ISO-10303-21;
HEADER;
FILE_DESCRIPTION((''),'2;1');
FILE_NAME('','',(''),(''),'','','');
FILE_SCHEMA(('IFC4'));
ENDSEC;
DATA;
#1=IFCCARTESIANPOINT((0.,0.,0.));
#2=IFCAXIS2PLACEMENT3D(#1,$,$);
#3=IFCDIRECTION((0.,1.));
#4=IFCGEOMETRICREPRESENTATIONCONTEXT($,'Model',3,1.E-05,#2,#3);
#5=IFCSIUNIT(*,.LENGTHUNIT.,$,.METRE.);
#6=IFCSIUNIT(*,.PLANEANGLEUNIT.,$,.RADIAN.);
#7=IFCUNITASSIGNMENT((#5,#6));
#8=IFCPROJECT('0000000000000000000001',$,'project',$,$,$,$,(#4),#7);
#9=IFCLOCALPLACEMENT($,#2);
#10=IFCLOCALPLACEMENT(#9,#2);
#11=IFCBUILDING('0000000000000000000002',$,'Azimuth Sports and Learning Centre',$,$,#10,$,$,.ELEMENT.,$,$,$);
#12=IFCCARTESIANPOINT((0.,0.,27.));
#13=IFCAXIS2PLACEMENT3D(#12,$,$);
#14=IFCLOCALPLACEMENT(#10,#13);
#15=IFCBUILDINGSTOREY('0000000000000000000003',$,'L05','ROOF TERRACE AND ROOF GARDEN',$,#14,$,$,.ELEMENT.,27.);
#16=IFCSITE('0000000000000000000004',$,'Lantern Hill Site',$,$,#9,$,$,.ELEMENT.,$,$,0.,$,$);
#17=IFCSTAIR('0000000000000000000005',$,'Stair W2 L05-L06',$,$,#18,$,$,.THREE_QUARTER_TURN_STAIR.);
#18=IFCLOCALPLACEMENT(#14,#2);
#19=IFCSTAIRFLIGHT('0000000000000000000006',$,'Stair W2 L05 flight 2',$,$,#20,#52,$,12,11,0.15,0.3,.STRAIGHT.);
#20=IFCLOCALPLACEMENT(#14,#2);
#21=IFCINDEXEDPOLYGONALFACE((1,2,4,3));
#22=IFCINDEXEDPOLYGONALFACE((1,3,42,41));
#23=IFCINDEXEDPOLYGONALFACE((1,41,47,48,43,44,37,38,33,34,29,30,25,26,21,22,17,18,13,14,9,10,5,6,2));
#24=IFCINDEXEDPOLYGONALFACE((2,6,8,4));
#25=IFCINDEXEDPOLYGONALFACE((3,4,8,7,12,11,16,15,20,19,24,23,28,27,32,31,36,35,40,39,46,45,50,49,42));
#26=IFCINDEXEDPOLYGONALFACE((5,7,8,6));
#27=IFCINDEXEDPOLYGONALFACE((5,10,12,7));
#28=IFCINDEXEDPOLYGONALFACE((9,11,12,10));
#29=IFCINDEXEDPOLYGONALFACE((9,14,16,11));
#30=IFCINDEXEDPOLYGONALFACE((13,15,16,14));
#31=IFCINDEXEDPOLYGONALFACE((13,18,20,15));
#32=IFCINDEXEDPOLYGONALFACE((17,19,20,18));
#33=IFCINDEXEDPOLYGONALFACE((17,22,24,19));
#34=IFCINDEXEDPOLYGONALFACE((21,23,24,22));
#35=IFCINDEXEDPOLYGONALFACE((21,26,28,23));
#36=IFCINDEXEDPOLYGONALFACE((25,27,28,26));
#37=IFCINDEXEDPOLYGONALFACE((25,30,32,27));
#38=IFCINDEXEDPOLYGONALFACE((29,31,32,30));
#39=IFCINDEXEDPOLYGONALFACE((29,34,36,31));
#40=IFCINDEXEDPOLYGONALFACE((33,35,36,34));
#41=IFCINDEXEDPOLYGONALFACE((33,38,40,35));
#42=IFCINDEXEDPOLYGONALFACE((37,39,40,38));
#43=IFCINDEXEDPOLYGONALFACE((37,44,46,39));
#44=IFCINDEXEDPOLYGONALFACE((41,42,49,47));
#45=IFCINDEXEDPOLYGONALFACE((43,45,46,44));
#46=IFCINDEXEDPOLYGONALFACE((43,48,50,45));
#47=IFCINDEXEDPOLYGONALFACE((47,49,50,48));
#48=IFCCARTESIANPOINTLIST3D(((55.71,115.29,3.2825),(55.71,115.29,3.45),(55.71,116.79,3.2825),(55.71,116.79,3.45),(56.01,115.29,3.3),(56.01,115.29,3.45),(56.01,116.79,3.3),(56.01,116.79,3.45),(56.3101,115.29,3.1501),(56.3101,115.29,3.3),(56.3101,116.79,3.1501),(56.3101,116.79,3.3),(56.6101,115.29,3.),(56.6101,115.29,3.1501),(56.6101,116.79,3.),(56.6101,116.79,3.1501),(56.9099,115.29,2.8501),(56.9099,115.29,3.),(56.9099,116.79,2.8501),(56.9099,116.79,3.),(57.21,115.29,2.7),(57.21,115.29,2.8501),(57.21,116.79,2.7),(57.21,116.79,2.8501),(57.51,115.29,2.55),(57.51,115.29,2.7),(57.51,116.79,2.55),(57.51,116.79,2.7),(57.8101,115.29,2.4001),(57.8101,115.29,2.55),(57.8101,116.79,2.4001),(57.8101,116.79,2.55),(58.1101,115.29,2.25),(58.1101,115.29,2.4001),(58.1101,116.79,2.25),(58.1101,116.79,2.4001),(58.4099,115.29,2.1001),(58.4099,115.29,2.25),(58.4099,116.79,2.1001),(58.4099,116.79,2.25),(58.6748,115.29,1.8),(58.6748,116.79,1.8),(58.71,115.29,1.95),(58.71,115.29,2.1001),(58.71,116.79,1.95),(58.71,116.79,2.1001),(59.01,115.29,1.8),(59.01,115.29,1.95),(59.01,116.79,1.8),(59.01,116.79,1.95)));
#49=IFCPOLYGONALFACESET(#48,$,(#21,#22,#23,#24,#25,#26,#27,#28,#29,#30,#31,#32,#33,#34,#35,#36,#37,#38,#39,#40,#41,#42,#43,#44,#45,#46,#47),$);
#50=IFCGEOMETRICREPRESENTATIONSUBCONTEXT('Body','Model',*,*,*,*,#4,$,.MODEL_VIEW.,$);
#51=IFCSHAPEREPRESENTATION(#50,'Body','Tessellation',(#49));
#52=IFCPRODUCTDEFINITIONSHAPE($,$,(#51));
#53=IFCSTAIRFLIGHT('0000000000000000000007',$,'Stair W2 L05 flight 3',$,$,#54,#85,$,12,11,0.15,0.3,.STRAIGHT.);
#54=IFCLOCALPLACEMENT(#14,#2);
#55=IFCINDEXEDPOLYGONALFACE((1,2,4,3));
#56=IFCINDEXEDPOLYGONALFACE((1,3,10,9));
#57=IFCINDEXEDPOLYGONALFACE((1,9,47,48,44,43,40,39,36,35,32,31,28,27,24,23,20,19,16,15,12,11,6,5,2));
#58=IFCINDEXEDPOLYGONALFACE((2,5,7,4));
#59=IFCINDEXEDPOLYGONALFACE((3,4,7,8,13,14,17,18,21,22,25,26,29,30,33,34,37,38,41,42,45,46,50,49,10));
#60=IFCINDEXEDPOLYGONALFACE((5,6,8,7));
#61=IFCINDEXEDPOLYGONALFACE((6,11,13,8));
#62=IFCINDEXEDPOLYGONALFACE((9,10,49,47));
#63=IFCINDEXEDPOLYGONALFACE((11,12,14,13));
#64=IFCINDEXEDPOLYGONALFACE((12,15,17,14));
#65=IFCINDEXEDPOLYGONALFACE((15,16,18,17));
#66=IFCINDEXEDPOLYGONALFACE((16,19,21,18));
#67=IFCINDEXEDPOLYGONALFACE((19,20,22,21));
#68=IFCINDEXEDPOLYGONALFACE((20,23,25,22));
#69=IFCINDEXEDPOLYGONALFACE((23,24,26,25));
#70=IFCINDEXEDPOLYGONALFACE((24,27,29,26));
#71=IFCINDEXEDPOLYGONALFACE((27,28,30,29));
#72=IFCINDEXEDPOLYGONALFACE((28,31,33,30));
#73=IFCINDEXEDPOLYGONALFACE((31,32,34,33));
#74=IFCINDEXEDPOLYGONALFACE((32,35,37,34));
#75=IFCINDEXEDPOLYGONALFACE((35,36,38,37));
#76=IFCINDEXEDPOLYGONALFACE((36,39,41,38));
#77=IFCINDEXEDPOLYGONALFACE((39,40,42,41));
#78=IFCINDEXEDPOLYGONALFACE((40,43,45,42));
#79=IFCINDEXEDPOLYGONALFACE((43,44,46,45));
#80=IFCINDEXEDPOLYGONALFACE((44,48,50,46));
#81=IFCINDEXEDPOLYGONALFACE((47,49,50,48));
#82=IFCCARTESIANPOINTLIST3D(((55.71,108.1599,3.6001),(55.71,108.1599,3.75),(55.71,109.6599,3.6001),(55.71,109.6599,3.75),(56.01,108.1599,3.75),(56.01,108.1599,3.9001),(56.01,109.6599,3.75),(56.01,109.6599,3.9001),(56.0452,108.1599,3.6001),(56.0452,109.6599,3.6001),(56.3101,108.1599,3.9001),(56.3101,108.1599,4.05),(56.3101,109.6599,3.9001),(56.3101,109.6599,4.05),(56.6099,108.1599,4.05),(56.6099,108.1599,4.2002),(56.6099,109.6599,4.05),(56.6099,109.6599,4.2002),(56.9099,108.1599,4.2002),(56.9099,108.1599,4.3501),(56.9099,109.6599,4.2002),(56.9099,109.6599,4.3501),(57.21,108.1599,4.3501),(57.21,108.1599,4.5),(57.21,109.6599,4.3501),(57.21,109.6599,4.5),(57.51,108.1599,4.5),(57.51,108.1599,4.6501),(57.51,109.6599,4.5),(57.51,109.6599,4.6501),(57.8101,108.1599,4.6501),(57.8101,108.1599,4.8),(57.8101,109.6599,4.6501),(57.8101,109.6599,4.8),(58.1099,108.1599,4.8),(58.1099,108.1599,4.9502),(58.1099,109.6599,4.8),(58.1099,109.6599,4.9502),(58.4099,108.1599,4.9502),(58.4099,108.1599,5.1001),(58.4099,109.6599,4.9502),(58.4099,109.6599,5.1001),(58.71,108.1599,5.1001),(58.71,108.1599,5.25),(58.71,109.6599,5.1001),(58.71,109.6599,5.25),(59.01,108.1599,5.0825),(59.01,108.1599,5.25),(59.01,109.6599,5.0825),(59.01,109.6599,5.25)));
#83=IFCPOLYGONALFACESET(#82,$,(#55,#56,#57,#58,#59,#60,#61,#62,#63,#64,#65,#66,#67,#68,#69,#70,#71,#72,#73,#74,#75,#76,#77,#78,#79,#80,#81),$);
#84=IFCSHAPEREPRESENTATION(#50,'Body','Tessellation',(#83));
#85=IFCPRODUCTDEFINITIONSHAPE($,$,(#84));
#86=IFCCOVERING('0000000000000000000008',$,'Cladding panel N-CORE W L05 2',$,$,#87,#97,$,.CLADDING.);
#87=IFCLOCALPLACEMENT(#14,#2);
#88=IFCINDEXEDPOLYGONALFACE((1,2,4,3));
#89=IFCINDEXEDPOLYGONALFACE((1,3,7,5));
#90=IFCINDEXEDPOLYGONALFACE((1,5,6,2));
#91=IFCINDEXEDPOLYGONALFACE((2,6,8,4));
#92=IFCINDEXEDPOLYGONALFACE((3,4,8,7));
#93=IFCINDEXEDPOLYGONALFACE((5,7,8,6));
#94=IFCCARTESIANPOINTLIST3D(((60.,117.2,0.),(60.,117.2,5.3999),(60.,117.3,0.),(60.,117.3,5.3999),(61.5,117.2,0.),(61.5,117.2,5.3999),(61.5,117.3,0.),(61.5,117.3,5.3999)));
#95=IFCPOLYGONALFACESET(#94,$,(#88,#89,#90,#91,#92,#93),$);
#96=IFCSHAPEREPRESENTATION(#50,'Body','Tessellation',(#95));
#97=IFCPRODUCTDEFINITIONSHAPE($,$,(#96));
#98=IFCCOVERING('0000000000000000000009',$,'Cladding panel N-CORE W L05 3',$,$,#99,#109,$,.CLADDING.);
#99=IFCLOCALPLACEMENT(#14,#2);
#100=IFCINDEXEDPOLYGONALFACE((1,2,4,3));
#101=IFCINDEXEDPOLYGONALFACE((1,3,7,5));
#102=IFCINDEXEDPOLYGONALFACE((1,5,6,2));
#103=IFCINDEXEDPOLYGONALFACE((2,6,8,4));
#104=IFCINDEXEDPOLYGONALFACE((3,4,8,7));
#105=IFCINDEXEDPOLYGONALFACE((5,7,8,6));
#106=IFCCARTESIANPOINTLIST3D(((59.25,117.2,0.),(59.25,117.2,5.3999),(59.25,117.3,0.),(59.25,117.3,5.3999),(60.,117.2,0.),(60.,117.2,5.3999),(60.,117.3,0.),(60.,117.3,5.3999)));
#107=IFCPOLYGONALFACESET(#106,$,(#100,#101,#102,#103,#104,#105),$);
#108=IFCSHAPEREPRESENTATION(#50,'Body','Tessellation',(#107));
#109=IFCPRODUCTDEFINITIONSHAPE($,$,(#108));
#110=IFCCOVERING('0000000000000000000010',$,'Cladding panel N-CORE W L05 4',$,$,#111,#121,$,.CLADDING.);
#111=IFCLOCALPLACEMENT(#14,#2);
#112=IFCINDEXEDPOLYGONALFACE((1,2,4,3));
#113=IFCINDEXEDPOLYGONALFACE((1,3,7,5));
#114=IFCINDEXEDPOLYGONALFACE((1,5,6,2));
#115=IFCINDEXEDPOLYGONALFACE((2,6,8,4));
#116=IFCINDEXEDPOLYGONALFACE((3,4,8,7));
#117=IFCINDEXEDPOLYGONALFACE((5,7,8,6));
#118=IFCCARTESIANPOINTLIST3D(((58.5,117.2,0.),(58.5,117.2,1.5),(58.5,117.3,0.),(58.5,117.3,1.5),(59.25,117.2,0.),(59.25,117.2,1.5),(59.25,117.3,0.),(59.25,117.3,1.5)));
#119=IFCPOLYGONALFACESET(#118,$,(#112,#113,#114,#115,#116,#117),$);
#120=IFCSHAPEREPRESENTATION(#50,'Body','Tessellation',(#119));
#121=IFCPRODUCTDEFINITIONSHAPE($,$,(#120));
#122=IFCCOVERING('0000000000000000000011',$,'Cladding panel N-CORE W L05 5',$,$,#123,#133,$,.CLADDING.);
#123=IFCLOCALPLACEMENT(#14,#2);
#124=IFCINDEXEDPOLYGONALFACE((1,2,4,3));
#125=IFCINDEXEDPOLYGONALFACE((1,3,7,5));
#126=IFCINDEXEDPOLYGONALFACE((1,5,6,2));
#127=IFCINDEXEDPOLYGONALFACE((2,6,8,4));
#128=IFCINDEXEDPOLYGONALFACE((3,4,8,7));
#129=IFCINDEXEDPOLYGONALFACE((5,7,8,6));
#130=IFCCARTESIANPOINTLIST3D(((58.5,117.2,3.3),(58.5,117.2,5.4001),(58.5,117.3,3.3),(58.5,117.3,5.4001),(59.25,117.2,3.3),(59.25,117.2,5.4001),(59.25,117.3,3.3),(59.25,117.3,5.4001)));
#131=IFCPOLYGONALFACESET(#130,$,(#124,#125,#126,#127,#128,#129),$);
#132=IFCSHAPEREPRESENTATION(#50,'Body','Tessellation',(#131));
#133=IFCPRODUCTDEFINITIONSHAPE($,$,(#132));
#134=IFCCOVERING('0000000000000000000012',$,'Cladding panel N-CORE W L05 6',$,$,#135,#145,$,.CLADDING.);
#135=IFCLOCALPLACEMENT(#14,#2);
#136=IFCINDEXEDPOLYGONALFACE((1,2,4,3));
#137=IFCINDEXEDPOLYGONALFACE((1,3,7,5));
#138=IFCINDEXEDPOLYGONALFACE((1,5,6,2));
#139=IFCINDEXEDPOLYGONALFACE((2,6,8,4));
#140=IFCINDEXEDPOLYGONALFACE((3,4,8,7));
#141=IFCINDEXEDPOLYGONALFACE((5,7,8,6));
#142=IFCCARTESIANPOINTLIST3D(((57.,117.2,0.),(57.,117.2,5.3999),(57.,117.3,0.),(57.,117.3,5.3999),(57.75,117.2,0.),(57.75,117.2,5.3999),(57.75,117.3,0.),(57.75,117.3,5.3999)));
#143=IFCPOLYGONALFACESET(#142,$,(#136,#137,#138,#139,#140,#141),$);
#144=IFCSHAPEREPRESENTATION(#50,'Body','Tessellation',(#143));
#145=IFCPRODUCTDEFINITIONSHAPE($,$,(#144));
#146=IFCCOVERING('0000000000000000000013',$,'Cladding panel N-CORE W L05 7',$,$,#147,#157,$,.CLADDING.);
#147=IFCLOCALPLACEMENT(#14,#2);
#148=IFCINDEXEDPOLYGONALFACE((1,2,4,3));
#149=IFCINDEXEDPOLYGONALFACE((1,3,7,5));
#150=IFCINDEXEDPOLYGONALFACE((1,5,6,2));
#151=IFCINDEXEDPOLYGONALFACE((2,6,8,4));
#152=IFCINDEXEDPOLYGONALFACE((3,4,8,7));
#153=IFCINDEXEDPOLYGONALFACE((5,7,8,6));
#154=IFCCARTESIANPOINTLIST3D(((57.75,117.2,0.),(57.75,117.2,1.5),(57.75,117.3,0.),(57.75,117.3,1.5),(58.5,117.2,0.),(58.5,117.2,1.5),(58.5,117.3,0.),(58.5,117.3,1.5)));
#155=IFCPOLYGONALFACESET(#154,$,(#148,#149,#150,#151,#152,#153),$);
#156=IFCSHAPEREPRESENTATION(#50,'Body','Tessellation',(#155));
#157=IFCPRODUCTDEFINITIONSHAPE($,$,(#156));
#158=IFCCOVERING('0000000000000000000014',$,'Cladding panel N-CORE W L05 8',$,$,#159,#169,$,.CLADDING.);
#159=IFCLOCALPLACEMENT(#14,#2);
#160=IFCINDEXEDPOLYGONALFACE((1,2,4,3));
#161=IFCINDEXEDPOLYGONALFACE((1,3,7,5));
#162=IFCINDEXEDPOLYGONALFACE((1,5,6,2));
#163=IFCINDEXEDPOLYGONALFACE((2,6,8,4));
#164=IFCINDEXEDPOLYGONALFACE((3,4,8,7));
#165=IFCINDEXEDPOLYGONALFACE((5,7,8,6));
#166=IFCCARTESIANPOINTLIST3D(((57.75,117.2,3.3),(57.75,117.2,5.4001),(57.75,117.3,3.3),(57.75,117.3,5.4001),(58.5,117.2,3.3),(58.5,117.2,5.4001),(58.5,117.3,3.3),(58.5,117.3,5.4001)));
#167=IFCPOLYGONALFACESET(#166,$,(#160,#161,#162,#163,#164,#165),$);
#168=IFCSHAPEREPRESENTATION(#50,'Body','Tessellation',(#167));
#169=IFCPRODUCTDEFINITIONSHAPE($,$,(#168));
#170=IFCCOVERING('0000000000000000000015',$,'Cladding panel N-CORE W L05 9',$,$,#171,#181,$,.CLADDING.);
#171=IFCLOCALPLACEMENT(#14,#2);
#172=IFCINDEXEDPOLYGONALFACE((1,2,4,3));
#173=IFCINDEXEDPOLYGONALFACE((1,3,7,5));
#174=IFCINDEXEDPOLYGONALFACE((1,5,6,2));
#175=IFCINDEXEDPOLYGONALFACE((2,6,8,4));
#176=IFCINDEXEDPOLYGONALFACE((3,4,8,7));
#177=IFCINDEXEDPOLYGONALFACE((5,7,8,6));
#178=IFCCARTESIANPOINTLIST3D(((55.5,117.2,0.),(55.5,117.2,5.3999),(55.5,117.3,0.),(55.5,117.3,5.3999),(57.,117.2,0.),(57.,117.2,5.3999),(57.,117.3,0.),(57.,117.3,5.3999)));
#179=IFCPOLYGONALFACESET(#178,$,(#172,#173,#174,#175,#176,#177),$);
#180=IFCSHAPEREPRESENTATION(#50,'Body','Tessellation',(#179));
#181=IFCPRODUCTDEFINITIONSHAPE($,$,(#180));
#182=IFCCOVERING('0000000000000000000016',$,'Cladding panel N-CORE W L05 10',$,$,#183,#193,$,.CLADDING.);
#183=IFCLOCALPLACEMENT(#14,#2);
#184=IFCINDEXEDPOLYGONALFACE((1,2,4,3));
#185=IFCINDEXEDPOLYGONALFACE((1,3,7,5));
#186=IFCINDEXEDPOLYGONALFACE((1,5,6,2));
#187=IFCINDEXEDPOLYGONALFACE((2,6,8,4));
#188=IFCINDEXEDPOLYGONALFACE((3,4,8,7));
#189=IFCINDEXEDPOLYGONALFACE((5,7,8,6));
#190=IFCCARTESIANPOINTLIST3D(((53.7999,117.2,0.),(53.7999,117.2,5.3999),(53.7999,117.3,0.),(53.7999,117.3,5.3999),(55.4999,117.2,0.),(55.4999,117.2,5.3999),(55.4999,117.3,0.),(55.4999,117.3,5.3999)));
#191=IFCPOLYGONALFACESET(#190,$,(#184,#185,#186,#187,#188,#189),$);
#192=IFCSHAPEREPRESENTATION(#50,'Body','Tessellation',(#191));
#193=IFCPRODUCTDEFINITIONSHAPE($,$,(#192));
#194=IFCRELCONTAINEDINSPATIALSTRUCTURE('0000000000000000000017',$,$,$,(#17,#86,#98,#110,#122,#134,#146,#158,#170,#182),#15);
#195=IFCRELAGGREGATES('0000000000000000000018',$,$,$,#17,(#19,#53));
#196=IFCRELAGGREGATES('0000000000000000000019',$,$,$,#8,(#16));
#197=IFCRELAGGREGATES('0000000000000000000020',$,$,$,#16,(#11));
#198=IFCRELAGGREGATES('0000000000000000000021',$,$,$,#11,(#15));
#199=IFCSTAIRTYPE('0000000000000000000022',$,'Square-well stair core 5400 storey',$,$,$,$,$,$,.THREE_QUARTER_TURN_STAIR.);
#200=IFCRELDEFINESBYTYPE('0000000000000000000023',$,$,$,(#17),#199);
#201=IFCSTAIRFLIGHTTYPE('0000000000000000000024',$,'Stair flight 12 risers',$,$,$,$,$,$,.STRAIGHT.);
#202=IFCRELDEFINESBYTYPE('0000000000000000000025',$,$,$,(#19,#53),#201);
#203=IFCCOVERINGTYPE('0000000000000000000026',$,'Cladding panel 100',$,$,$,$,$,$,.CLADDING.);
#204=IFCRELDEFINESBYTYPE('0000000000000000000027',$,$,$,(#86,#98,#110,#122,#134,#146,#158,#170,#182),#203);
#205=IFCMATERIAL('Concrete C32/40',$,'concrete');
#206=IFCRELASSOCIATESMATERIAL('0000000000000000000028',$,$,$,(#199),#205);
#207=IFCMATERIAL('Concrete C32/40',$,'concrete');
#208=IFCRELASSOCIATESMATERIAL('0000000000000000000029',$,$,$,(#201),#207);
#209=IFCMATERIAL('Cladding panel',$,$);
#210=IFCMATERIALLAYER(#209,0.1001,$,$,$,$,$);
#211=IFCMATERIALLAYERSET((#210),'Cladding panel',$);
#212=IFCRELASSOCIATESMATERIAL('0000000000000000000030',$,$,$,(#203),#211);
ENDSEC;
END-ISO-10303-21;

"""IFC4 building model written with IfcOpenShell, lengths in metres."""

from ifc_helpers import new_model, si_unit, direction, frame, origin, origin_2d, place, context, subcontext, project, spatial, polyline, rectangle, outline, extrude, material, layer, layer_set, type_object, element, aggregate, save


model = new_model("IFC4")

# Units and contexts
model_context = context("Model", 3, precision=1e-05, world=origin(), true_north=direction((0.0, 1.0)))
body_context = subcontext(model_context, "Body", "Model", "MODEL_VIEW")
ifc_project = project(units=[si_unit("LENGTHUNIT", "METRE"), si_unit("PLANEANGLEUNIT", "RADIAN")], contexts=[model_context])

# Site, building, storey
site_placement = place(None, origin())
site = spatial("IfcSite", under=ifc_project, at=site_placement, Name="Lantern Hill Site", CompositionType="ELEMENT", RefElevation=0.0)
building_placement = place(site_placement, origin())
building = spatial("IfcBuilding", under=site, at=building_placement, Name="Azimuth Sports and Learning Centre", CompositionType="ELEMENT")
storey_placement = place(building_placement, frame((0.0, 0.0, 27.0)))
storey = spatial("IfcBuildingStorey", under=building, at=storey_placement, Name="L05", Description="ROOF TERRACE AND ROOF GARDEN", CompositionType="ELEMENT", Elevation=27.0)

# Stair, stair flights
ifc_material_1 = material(Name="Concrete C32/40", Category="concrete")
stair_type = type_object("IfcStairType", Name="Square-well stair core 5400 storey", PredefinedType="THREE_QUARTER_TURN_STAIR", material=ifc_material_1)
stair_placement = place(storey_placement, origin())
stair = element("IfcStair", 1, at=stair_placement, inside=storey, type_object=stair_type, Name="Stair W2 L05-L06", PredefinedType="THREE_QUARTER_TURN_STAIR")
ifc_material_2 = material(Name="Concrete C32/40", Category="concrete")
stair_flight_type = type_object("IfcStairFlightType", Name="Stair flight 12 risers", PredefinedType="STRAIGHT", material=ifc_material_2)
stair_flight_1_placement = place(storey_placement, frame((59.01, 116.04, 1.8), z_axis=(0.0, 0.0, 1.0), x_axis=(-1.0, 0.0, 0.0)))
stair_flight_1 = element("IfcStairFlight", 2, at=stair_flight_1_placement, type_object=stair_flight_type, Name="Stair W2 L05 flight 2", NumberOfRisers=12, NumberOfTreads=11, PredefinedType="STRAIGHT", RiserHeight=0.15, TreadLength=0.3, context=body_context, shape_type="SweptSolid", body=[
    extrude(outline(polyline([(0.0, 0.0), (0.0, 0.1499), (0.3, 0.1499), (0.3, 0.3), (0.6001, 0.3), (0.6001, 0.45), (0.8999, 0.45), (0.8999, 0.6001), (1.2, 0.6001), (1.2, 0.75), (1.5, 0.75), (1.5, 0.8999), (1.8, 0.8999), (1.8, 1.05), (2.1001, 1.05), (2.1001, 1.2), (2.3999, 1.2), (2.3999, 1.3501), (2.7, 1.3501), (2.7, 1.5), (3.0, 1.5), (3.0, 1.6499), (3.3, 1.6499), (3.3, 1.8), (3.3, 1.4824), (0.3352, 0.0), (0.0, 0.0)])), frame((0.0, 0.75, 0.0), z_axis=(0.0, -1.0, 0.0), x_axis=(1.0, 0.0, 0.0)), (0.0, 0.0, 1.0), 1.5),
])
stair_flight_2_placement = place(storey_placement, frame((55.71, 108.9099, 3.6001), z_axis=(0.0, 0.0, 1.0), x_axis=(1.0, 0.0, 0.0)))
stair_flight_2 = element("IfcStairFlight", 3, at=stair_flight_2_placement, type_object=stair_flight_type, Name="Stair W2 L05 flight 3", NumberOfRisers=12, NumberOfTreads=11, PredefinedType="STRAIGHT", RiserHeight=0.15, TreadLength=0.3, context=body_context, shape_type="SweptSolid", body=[
    extrude(outline(polyline([(0.0, 0.0), (0.0, 0.1499), (0.3, 0.1499), (0.3, 0.3), (0.6001, 0.3), (0.6001, 0.45), (0.8999, 0.45), (0.8999, 0.6001), (1.2, 0.6001), (1.2, 0.75), (1.5, 0.75), (1.5, 0.8999), (1.8, 0.8999), (1.8, 1.05), (2.1001, 1.05), (2.1001, 1.2), (2.3999, 1.2), (2.3999, 1.3501), (2.7, 1.3501), (2.7, 1.5), (3.0, 1.5), (3.0, 1.6499), (3.3, 1.6499), (3.3, 1.8), (3.3, 1.4824), (0.3352, 0.0), (0.0, 0.0)])), frame((0.0, 0.75, 0.0), z_axis=(0.0, -1.0, 0.0), x_axis=(1.0, 0.0, 0.0)), (0.0, 0.0, 1.0), 1.5),
])
aggregate(stair, [stair_flight_1, stair_flight_2])

# Coverings
ifc_material_3 = material(Name="Cladding panel")
ifc_layer_1 = layer(ifc_material_3, 0.1001)
ifc_layer_set_1 = layer_set([ifc_layer_1], Name="Cladding panel")
covering_type = type_object("IfcCoveringType", Name="Cladding panel 100", PredefinedType="CLADDING", material=ifc_layer_set_1)
covering_1_placement = place(storey_placement, frame((60.75, 117.25, 0.0), z_axis=(0.0, 0.0, 1.0), x_axis=(-1.0, 0.0, 0.0)))
element("IfcCovering", 4, at=covering_1_placement, inside=storey, type_object=covering_type, Name="Cladding panel N-CORE W L05 2", PredefinedType="CLADDING", context=body_context, shape_type="SweptSolid", body=[
    extrude(rectangle(XDim=1.5, YDim=0.1001, at=origin_2d()), origin(), (0.0, 0.0, 1.0), 5.3999),
])
covering_2_placement = place(storey_placement, frame((59.625, 117.25, 0.0), z_axis=(0.0, 0.0, 1.0), x_axis=(-1.0, 0.0, 0.0)))
element("IfcCovering", 5, at=covering_2_placement, inside=storey, type_object=covering_type, Name="Cladding panel N-CORE W L05 3", PredefinedType="CLADDING", context=body_context, shape_type="SweptSolid", body=[
    extrude(rectangle(XDim=0.75, YDim=0.1001, at=origin_2d()), origin(), (0.0, 0.0, 1.0), 5.3999),
])
covering_3_placement = place(storey_placement, frame((58.875, 117.25, 0.0), z_axis=(0.0, 0.0, 1.0), x_axis=(-1.0, 0.0, 0.0)))
element("IfcCovering", 6, at=covering_3_placement, inside=storey, type_object=covering_type, Name="Cladding panel N-CORE W L05 4", PredefinedType="CLADDING", context=body_context, shape_type="SweptSolid", body=[
    extrude(rectangle(XDim=0.75, YDim=0.1001, at=origin_2d()), origin(), (0.0, 0.0, 1.0), 1.5),
])
covering_4_placement = place(storey_placement, frame((58.875, 117.25, 3.3), z_axis=(0.0, 0.0, 1.0), x_axis=(-1.0, 0.0, 0.0)))
element("IfcCovering", 7, at=covering_4_placement, inside=storey, type_object=covering_type, Name="Cladding panel N-CORE W L05 5", PredefinedType="CLADDING", context=body_context, shape_type="SweptSolid", body=[
    extrude(rectangle(XDim=0.75, YDim=0.1001, at=origin_2d()), origin(), (0.0, 0.0, 1.0), 2.1001),
])
covering_5_placement = place(storey_placement, frame((57.375, 117.25, 0.0), z_axis=(0.0, 0.0, 1.0), x_axis=(-1.0, 0.0, 0.0)))
element("IfcCovering", 8, at=covering_5_placement, inside=storey, type_object=covering_type, Name="Cladding panel N-CORE W L05 6", PredefinedType="CLADDING", context=body_context, shape_type="SweptSolid", body=[
    extrude(rectangle(XDim=0.75, YDim=0.1001, at=origin_2d()), origin(), (0.0, 0.0, 1.0), 5.3999),
])
covering_6_placement = place(storey_placement, frame((58.125, 117.25, 0.0), z_axis=(0.0, 0.0, 1.0), x_axis=(-1.0, 0.0, 0.0)))
element("IfcCovering", 9, at=covering_6_placement, inside=storey, type_object=covering_type, Name="Cladding panel N-CORE W L05 7", PredefinedType="CLADDING", context=body_context, shape_type="SweptSolid", body=[
    extrude(rectangle(XDim=0.75, YDim=0.1001, at=origin_2d()), origin(), (0.0, 0.0, 1.0), 1.5),
])
covering_7_placement = place(storey_placement, frame((58.125, 117.25, 3.3), z_axis=(0.0, 0.0, 1.0), x_axis=(-1.0, 0.0, 0.0)))
element("IfcCovering", 10, at=covering_7_placement, inside=storey, type_object=covering_type, Name="Cladding panel N-CORE W L05 8", PredefinedType="CLADDING", context=body_context, shape_type="SweptSolid", body=[
    extrude(rectangle(XDim=0.75, YDim=0.1001, at=origin_2d()), origin(), (0.0, 0.0, 1.0), 2.1001),
])
covering_8_placement = place(storey_placement, frame((56.25, 117.25, 0.0), z_axis=(0.0, 0.0, 1.0), x_axis=(-1.0, 0.0, 0.0)))
element("IfcCovering", 11, at=covering_8_placement, inside=storey, type_object=covering_type, Name="Cladding panel N-CORE W L05 9", PredefinedType="CLADDING", context=body_context, shape_type="SweptSolid", body=[
    extrude(rectangle(XDim=1.5, YDim=0.1001, at=origin_2d()), origin(), (0.0, 0.0, 1.0), 5.3999),
])
for number, where, z_axis, x_axis, name in (
    (12, (54.6499, 117.25, 0.0), (0.0, 0.0, 1.0), (-1.0, 0.0, 0.0), "Cladding panel N-CORE W L05 10"),
):
    element("IfcCovering", number, at=place(storey_placement, frame(where, z_axis=z_axis, x_axis=x_axis)), inside=storey, type_object=covering_type, Name=name, PredefinedType="CLADDING", context=body_context, shape_type="SweptSolid", body=[
        extrude(rectangle(XDim=1.7, YDim=0.1001, at=origin_2d()), origin(), (0.0, 0.0, 1.0), 5.3999),
    ])

save(model, "model.ifc")
